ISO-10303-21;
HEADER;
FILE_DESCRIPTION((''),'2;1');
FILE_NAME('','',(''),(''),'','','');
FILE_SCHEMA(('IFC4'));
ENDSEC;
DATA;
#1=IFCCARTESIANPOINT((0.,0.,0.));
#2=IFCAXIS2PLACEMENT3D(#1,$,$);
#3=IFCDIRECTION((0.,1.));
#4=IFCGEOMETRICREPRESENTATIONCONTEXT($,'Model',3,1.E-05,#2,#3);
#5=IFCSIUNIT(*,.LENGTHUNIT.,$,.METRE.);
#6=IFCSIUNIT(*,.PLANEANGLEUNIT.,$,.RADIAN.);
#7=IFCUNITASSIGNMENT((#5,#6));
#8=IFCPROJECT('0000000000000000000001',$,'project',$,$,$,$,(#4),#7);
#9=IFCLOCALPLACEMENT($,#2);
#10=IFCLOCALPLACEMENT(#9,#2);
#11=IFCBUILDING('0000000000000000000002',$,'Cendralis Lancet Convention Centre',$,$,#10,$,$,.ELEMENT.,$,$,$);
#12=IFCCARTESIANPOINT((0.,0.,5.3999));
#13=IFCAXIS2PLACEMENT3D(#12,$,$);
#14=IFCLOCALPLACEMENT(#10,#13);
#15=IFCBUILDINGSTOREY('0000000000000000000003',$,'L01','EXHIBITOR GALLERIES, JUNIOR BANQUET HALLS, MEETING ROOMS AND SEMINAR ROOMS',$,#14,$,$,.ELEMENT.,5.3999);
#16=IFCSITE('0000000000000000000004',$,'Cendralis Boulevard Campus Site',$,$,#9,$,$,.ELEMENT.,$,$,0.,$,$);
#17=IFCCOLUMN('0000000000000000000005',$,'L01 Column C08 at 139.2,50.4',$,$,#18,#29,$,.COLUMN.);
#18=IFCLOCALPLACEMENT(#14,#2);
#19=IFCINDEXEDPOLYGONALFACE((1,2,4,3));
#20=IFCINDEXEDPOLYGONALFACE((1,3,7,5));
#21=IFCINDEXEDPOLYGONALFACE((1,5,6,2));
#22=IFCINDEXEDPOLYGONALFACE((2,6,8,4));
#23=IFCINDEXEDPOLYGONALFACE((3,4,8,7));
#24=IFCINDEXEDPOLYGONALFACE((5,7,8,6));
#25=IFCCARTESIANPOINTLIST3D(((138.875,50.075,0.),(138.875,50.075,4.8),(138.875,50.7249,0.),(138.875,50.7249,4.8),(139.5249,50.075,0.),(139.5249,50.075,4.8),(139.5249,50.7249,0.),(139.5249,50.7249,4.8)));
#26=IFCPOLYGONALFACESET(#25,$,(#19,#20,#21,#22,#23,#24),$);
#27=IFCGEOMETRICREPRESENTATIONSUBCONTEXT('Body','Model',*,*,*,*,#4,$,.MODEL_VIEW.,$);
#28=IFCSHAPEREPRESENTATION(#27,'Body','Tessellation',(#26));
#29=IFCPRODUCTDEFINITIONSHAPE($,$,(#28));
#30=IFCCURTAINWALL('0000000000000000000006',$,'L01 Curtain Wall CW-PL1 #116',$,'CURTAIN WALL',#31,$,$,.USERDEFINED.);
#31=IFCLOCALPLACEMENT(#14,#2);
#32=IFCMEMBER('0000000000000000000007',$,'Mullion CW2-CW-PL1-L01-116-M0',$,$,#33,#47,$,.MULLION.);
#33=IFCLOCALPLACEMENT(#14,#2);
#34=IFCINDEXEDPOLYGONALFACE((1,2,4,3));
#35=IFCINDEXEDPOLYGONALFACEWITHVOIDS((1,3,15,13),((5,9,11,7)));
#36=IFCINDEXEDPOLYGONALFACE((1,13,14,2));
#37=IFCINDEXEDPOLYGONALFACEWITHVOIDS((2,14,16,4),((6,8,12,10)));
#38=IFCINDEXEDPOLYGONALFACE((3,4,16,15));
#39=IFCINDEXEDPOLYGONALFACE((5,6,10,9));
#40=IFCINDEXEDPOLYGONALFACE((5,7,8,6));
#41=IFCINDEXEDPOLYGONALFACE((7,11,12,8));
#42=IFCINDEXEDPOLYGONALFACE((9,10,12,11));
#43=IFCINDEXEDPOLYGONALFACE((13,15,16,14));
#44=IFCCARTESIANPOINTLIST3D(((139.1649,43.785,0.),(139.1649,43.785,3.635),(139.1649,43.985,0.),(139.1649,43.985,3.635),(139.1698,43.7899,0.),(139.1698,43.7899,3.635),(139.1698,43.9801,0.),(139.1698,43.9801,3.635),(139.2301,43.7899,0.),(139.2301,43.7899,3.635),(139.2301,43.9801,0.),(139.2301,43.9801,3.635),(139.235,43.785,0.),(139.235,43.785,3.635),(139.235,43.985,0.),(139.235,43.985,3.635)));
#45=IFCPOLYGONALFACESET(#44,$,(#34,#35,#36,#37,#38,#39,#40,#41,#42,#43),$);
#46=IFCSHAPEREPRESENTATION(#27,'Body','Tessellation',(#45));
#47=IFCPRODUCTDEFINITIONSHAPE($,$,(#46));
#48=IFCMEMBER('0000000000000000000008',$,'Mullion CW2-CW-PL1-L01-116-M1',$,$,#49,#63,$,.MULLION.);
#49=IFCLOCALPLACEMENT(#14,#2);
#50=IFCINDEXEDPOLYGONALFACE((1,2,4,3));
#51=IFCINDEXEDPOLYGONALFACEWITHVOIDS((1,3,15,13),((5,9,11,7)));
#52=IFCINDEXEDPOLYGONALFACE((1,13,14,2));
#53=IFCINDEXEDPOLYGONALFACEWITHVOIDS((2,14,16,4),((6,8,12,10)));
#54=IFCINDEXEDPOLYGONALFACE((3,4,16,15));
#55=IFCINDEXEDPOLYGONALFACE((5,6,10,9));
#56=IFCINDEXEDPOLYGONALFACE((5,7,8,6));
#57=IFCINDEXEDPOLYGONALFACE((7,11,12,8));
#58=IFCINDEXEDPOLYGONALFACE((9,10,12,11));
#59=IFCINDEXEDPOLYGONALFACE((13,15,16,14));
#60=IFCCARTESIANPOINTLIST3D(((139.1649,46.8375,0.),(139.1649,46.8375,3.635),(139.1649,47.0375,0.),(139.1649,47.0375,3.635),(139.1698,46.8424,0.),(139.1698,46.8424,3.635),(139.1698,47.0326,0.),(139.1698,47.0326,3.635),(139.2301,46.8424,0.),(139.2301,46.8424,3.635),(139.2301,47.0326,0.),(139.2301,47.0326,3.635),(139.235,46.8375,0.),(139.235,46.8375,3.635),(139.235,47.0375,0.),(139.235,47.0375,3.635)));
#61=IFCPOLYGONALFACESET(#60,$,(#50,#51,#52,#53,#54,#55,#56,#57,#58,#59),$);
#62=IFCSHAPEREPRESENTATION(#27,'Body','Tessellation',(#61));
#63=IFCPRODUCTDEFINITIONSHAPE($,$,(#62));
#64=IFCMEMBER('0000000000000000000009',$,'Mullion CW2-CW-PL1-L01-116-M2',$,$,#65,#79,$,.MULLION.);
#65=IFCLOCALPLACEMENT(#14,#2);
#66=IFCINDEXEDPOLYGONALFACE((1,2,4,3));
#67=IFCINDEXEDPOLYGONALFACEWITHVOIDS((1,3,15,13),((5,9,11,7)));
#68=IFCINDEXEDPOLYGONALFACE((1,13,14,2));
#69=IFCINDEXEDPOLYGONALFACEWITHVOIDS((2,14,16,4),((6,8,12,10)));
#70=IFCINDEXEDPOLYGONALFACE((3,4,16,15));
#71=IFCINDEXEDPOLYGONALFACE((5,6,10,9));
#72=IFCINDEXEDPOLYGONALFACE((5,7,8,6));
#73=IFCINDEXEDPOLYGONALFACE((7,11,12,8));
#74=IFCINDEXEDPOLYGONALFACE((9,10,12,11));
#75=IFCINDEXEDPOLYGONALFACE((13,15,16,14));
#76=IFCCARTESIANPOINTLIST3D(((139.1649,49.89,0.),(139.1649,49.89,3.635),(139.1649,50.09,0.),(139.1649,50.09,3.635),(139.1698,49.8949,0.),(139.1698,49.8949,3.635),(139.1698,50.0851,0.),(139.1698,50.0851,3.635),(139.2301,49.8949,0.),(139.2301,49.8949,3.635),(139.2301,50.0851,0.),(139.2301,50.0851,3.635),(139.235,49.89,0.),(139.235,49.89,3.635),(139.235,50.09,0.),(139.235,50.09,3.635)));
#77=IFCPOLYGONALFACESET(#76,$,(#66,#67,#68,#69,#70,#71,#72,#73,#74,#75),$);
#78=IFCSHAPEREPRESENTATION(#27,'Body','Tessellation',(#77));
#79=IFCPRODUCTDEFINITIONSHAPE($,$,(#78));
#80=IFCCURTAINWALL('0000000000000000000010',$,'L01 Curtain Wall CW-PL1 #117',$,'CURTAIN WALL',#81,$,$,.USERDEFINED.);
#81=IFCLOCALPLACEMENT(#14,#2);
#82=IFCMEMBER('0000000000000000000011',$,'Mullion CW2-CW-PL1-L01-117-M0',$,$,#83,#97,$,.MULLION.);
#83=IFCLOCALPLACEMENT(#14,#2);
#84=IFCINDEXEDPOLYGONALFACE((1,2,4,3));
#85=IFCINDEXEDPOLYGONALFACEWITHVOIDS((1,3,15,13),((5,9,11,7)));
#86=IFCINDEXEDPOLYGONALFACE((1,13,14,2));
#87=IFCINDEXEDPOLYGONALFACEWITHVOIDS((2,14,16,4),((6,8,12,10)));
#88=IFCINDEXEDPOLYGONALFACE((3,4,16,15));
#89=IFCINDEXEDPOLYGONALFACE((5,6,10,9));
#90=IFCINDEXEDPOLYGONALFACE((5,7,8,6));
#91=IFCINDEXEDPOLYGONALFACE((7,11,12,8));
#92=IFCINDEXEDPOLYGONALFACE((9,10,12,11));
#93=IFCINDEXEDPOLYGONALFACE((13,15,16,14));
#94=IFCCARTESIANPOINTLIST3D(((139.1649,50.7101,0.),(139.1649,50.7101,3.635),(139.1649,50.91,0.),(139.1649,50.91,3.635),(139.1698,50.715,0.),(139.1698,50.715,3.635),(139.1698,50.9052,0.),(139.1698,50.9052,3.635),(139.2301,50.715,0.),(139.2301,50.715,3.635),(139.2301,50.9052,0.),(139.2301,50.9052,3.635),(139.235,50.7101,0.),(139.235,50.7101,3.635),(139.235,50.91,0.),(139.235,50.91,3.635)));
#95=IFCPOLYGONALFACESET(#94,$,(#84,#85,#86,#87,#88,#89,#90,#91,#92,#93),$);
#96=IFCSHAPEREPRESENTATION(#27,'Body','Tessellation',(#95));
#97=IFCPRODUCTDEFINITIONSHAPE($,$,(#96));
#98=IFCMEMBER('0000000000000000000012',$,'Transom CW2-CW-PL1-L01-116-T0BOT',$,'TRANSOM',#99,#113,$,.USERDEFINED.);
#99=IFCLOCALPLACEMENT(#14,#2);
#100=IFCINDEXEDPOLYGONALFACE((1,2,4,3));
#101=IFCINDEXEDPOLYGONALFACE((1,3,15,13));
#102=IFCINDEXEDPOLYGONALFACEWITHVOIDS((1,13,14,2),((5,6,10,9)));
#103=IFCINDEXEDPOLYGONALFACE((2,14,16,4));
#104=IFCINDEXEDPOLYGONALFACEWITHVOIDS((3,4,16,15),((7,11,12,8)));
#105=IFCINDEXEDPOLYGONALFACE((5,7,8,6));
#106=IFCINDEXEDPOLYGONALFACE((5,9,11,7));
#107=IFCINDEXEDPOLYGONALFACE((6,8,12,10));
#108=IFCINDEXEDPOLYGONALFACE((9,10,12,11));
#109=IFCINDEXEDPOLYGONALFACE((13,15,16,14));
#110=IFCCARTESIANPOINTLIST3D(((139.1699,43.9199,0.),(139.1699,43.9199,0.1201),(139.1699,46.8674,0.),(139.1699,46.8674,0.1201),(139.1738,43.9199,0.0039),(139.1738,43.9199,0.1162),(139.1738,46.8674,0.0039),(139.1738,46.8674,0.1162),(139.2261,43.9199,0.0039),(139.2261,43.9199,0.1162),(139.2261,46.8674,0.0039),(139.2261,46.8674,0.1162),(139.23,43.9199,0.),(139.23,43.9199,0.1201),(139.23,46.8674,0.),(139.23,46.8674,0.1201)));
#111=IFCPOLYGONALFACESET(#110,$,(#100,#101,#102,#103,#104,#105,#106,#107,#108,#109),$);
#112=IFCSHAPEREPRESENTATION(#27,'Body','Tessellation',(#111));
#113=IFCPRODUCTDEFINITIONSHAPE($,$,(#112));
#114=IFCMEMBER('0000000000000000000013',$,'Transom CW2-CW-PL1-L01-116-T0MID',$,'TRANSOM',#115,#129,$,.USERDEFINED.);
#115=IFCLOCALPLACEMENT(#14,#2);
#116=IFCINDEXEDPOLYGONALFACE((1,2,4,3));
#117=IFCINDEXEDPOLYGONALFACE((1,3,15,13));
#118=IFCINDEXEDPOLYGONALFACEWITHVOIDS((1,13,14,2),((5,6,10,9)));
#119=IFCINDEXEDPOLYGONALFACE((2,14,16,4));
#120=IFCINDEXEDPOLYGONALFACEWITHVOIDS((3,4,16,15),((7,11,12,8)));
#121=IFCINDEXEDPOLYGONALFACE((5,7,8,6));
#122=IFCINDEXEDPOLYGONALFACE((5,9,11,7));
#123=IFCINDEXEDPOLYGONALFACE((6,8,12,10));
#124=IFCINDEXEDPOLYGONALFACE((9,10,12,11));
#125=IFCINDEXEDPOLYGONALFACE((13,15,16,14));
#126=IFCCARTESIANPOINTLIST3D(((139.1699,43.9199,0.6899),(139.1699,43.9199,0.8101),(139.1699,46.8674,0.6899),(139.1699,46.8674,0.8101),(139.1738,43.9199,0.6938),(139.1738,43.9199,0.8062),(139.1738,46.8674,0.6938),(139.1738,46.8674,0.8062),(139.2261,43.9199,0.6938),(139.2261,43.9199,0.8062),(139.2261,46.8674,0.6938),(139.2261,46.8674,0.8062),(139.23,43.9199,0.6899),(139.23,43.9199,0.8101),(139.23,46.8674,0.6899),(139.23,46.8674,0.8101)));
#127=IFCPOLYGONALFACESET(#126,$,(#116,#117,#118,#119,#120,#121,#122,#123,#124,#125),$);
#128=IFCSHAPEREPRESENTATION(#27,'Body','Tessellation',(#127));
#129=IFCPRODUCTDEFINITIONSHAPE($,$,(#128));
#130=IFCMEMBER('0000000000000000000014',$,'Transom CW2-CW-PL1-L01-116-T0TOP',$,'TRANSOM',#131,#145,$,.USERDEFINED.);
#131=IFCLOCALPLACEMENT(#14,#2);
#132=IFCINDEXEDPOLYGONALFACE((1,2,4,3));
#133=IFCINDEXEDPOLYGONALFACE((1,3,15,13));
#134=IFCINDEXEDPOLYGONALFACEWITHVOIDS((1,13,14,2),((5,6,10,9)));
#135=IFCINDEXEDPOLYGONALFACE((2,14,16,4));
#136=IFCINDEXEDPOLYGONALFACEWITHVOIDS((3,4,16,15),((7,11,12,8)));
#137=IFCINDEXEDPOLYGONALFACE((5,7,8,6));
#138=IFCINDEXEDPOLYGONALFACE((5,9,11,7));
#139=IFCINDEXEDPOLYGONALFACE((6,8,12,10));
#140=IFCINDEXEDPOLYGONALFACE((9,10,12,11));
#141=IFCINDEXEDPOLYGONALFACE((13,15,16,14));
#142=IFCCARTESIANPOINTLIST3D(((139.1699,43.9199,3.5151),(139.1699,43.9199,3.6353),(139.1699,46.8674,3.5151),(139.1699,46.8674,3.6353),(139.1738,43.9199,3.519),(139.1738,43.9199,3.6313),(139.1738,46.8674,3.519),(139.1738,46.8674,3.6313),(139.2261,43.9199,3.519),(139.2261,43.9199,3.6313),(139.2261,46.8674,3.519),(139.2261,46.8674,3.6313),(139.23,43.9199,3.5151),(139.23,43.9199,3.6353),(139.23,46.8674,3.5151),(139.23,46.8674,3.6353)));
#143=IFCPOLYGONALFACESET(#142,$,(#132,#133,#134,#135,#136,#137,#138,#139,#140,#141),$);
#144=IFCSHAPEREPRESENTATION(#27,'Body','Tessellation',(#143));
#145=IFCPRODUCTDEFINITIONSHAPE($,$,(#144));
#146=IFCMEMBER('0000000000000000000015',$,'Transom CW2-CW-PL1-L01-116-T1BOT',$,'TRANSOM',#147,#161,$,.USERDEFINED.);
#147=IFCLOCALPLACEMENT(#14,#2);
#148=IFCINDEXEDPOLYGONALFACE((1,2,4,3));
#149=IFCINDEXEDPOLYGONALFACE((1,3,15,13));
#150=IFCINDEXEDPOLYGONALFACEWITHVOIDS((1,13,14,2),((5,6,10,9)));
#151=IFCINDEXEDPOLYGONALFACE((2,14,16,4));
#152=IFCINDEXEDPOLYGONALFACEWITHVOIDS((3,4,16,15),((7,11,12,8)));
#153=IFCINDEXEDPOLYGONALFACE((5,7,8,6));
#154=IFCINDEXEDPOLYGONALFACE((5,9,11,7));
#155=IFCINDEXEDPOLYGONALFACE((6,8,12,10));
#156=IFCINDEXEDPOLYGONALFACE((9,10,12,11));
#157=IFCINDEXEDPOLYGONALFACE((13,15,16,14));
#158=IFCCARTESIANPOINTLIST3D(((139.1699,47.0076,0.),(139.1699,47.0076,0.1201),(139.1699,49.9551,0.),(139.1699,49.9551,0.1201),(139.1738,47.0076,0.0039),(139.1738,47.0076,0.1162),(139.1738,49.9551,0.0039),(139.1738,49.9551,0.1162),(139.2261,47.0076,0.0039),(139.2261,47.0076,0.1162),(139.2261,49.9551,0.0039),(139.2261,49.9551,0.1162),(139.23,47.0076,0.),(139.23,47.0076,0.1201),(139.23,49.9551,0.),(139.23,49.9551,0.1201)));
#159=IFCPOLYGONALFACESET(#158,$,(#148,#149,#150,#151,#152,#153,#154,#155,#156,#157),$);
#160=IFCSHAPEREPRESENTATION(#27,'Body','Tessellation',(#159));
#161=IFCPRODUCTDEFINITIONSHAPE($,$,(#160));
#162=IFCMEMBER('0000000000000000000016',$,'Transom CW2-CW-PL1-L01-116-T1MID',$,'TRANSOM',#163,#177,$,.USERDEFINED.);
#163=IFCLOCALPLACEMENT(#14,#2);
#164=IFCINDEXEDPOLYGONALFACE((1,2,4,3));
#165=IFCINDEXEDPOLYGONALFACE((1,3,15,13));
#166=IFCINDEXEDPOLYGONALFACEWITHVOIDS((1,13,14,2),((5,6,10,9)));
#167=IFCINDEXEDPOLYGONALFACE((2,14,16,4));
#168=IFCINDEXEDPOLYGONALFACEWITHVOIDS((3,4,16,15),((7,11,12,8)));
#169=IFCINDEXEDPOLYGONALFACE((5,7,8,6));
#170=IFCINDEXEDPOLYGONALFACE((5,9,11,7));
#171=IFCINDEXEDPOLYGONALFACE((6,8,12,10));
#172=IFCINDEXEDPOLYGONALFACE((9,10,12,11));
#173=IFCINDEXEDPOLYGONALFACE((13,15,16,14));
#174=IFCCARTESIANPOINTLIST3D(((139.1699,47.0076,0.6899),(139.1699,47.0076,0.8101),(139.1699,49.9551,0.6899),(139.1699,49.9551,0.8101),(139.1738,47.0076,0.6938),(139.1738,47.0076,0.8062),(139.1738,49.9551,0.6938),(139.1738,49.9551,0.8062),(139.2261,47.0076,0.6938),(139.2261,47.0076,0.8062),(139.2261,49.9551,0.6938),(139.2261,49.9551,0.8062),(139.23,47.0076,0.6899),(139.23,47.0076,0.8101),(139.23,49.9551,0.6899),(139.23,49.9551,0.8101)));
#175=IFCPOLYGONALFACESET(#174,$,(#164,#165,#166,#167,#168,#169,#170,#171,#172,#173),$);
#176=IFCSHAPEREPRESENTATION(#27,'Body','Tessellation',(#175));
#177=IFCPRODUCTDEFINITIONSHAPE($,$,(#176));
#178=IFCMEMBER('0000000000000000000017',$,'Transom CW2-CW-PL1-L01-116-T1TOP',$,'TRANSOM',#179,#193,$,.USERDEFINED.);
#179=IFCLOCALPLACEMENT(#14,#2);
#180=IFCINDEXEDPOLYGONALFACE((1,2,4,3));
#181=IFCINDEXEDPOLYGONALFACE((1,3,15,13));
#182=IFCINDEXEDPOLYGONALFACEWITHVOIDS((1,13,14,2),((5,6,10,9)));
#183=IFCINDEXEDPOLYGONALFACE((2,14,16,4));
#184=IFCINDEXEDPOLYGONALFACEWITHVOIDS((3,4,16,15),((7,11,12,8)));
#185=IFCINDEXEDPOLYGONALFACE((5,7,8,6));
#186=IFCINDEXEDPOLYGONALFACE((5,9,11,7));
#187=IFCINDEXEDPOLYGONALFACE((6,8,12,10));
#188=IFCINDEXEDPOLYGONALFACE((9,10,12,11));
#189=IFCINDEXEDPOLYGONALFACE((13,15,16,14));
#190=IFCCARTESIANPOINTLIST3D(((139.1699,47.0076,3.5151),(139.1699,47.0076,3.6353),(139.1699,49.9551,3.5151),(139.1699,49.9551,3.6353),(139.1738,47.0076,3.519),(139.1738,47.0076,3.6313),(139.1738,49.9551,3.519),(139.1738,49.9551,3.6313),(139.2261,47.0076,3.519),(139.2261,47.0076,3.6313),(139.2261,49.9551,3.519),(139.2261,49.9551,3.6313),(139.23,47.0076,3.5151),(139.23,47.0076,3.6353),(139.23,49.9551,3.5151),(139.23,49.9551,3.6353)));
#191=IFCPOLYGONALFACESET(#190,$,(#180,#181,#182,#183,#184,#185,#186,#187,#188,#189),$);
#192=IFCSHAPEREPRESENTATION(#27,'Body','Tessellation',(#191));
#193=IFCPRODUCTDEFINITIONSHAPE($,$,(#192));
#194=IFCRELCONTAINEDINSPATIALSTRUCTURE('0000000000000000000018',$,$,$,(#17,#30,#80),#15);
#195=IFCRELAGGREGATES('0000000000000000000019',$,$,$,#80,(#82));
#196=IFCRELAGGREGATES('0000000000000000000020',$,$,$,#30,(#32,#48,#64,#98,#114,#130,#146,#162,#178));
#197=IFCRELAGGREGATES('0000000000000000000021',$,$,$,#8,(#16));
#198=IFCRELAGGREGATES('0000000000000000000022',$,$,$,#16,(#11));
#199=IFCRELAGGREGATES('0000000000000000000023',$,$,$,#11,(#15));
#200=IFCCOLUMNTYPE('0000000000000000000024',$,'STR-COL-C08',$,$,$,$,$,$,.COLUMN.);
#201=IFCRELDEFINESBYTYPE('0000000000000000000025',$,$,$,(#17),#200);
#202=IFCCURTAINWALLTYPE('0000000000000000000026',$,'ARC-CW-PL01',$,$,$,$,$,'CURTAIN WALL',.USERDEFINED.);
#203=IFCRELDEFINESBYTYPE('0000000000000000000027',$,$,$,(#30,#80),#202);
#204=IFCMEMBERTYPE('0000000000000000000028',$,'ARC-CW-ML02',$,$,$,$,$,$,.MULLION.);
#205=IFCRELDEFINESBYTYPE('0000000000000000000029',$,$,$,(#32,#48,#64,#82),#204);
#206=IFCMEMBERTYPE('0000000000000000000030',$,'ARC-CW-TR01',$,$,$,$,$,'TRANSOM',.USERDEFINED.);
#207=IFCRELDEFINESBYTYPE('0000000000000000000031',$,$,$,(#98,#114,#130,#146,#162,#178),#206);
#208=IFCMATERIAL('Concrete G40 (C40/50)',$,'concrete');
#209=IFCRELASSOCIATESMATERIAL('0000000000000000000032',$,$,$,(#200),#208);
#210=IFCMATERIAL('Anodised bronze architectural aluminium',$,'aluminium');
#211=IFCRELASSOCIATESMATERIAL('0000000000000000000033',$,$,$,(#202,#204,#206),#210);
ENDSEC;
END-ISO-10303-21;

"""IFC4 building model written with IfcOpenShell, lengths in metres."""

from ifc_helpers import new_model, si_unit, direction, frame, origin, origin_2d, place, context, subcontext, project, spatial, rectangle, hollow_rectangle, extrude, material, material_profile, profile_set, type_object, element, aggregate, save


model = new_model("IFC4")

# Units and contexts
model_context = context("Model", 3, precision=1e-05, world=origin(), true_north=direction((0.0, 1.0)))
body_context = subcontext(model_context, "Body", "Model", "MODEL_VIEW")
ifc_project = project(units=[si_unit("LENGTHUNIT", "METRE"), si_unit("PLANEANGLEUNIT", "RADIAN")], contexts=[model_context])

# Site, building, storey
site_placement = place(None, origin())
site = spatial("IfcSite", under=ifc_project, at=site_placement, Name="Cendralis Boulevard Campus Site", CompositionType="ELEMENT", RefElevation=0.0)
building_placement = place(site_placement, origin())
building = spatial("IfcBuilding", under=site, at=building_placement, Name="Cendralis Lancet Convention Centre", CompositionType="ELEMENT")
storey_placement = place(building_placement, frame((0.0, 0.0, 5.3999)))
storey = spatial("IfcBuildingStorey", under=building, at=storey_placement, Name="L01", Description="EXHIBITOR GALLERIES, JUNIOR BANQUET HALLS, MEETING ROOMS AND SEMINAR ROOMS", CompositionType="ELEMENT", Elevation=5.3999)

# Column
ifc_material_1 = material(Name="Concrete G40 (C40/50)", Category="concrete")
ifc_material_profile_1 = material_profile(ifc_material_1, rectangle(XDim=0.6499, YDim=0.6499, at=origin_2d()), Name="RC 650x650")
ifc_profile_set_1 = profile_set([ifc_material_profile_1], Name="Concrete G40 (C40/50)")
column_type = type_object("IfcColumnType", Name="STR-COL-C08", PredefinedType="COLUMN", material=ifc_profile_set_1)
column_placement = place(storey_placement, frame((139.2, 50.3999, 0.0), z_axis=(0.0, 0.0, 1.0), x_axis=(1.0, 0.0, 0.0)))
element("IfcColumn", 1, at=column_placement, inside=storey, type_object=column_type, Name="L01 Column C08 at 139.2,50.4", PredefinedType="COLUMN", context=body_context, shape_type="SweptSolid", body=[
    extrude(rectangle(XDim=0.6499, YDim=0.6499, at=origin_2d()), origin(), (0.0, 0.0, 1.0), 4.8),
])

# Curtain wall, members
ifc_material_2 = material(Name="Anodised bronze architectural aluminium", Category="aluminium")
curtain_wall_type = type_object("IfcCurtainWallType", Name="ARC-CW-PL01", ElementType="CURTAIN WALL", PredefinedType="USERDEFINED", material=ifc_material_2)
curtain_wall_1_placement = place(storey_placement, origin())
curtain_wall_1 = element("IfcCurtainWall", 2, at=curtain_wall_1_placement, inside=storey, type_object=curtain_wall_type, Name="L01 Curtain Wall CW-PL1 #116", ObjectType="CURTAIN WALL", PredefinedType="USERDEFINED")
ifc_material_profile_2 = material_profile(ifc_material_2, hollow_rectangle(XDim=0.0701, YDim=0.2, WallThickness=0.0049, at=origin_2d()), Name="AL-MULL 70x200x5.0")
ifc_profile_set_2 = profile_set([ifc_material_profile_2], Name="Anodised bronze architectural aluminium")
member_type_1 = type_object("IfcMemberType", Name="ARC-CW-ML02", PredefinedType="MULLION", material=ifc_profile_set_2)
member_1_placement = place(storey_placement, frame((139.2, 43.885, 0.0), z_axis=(0.0, 0.0, 1.0), x_axis=(1.0, 0.0, 0.0)))
member_1 = element("IfcMember", 3, at=member_1_placement, type_object=member_type_1, Name="Mullion CW2-CW-PL1-L01-116-M0", PredefinedType="MULLION", context=body_context, shape_type="SweptSolid", body=[
    extrude(hollow_rectangle(XDim=0.0701, YDim=0.2, WallThickness=0.0049, at=origin_2d()), origin(), (0.0, 0.0, 1.0), 3.635),
])
member_2_placement = place(storey_placement, frame((139.2, 46.9375, 0.0), z_axis=(0.0, 0.0, 1.0), x_axis=(1.0, 0.0, 0.0)))
member_2 = element("IfcMember", 4, at=member_2_placement, type_object=member_type_1, Name="Mullion CW2-CW-PL1-L01-116-M1", PredefinedType="MULLION", context=body_context, shape_type="SweptSolid", body=[
    extrude(hollow_rectangle(XDim=0.0701, YDim=0.2, WallThickness=0.0049, at=origin_2d()), origin(), (0.0, 0.0, 1.0), 3.635),
])
member_3_placement = place(storey_placement, frame((139.2, 49.99, 0.0), z_axis=(0.0, 0.0, 1.0), x_axis=(1.0, 0.0, 0.0)))
member_3 = element("IfcMember", 5, at=member_3_placement, type_object=member_type_1, Name="Mullion CW2-CW-PL1-L01-116-M2", PredefinedType="MULLION", context=body_context, shape_type="SweptSolid", body=[
    extrude(hollow_rectangle(XDim=0.0701, YDim=0.2, WallThickness=0.0049, at=origin_2d()), origin(), (0.0, 0.0, 1.0), 3.635),
])

# Curtain wall, member
curtain_wall_2_placement = place(storey_placement, origin())
curtain_wall_2 = element("IfcCurtainWall", 6, at=curtain_wall_2_placement, inside=storey, type_object=curtain_wall_type, Name="L01 Curtain Wall CW-PL1 #117", ObjectType="CURTAIN WALL", PredefinedType="USERDEFINED")
member_4_placement = place(storey_placement, frame((139.2, 50.8101, 0.0), z_axis=(0.0, 0.0, 1.0), x_axis=(1.0, 0.0, 0.0)))
member_4 = element("IfcMember", 7, at=member_4_placement, type_object=member_type_1, Name="Mullion CW2-CW-PL1-L01-117-M0", PredefinedType="MULLION", context=body_context, shape_type="SweptSolid", body=[
    extrude(hollow_rectangle(XDim=0.0701, YDim=0.2, WallThickness=0.0049, at=origin_2d()), origin(), (0.0, 0.0, 1.0), 3.635),
])
aggregate(curtain_wall_2, [member_4])

# Members
ifc_material_profile_3 = material_profile(ifc_material_2, hollow_rectangle(XDim=0.0601, YDim=0.1201, WallThickness=0.0039, at=origin_2d()), Name="AL-TRAN 60x120x4.0")
ifc_profile_set_3 = profile_set([ifc_material_profile_3], Name="Anodised bronze architectural aluminium")
member_type_2 = type_object("IfcMemberType", Name="ARC-CW-TR01", ElementType="TRANSOM", PredefinedType="USERDEFINED", material=ifc_profile_set_3)
member_5_placement = place(storey_placement, frame((139.2, 43.9199, 0.0601), z_axis=(0.0, 1.0, 0.0), x_axis=(-1.0, 0.0, 0.0)))
member_5 = element("IfcMember", 8, at=member_5_placement, type_object=member_type_2, Name="Transom CW2-CW-PL1-L01-116-T0BOT", ObjectType="TRANSOM", PredefinedType="USERDEFINED", context=body_context, shape_type="SweptSolid", body=[
    extrude(hollow_rectangle(XDim=0.0601, YDim=0.1201, WallThickness=0.0039, at=origin_2d()), origin(), (0.0, 0.0, 1.0), 2.9475),
])
member_6_placement = place(storey_placement, frame((139.2, 43.9199, 0.75), z_axis=(0.0, 1.0, 0.0), x_axis=(-1.0, 0.0, 0.0)))
member_6 = element("IfcMember", 9, at=member_6_placement, type_object=member_type_2, Name="Transom CW2-CW-PL1-L01-116-T0MID", ObjectType="TRANSOM", PredefinedType="USERDEFINED", context=body_context, shape_type="SweptSolid", body=[
    extrude(hollow_rectangle(XDim=0.0601, YDim=0.1201, WallThickness=0.0039, at=origin_2d()), origin(), (0.0, 0.0, 1.0), 2.9475),
])
member_7_placement = place(storey_placement, frame((139.2, 43.9199, 3.5752), z_axis=(0.0, 1.0, 0.0), x_axis=(-1.0, 0.0, 0.0)))
member_7 = element("IfcMember", 10, at=member_7_placement, type_object=member_type_2, Name="Transom CW2-CW-PL1-L01-116-T0TOP", ObjectType="TRANSOM", PredefinedType="USERDEFINED", context=body_context, shape_type="SweptSolid", body=[
    extrude(hollow_rectangle(XDim=0.0601, YDim=0.1201, WallThickness=0.0039, at=origin_2d()), origin(), (0.0, 0.0, 1.0), 2.9475),
])
member_8_placement = place(storey_placement, frame((139.2, 47.0076, 0.0601), z_axis=(0.0, 1.0, 0.0), x_axis=(-1.0, 0.0, 0.0)))
member_8 = element("IfcMember", 11, at=member_8_placement, type_object=member_type_2, Name="Transom CW2-CW-PL1-L01-116-T1BOT", ObjectType="TRANSOM", PredefinedType="USERDEFINED", context=body_context, shape_type="SweptSolid", body=[
    extrude(hollow_rectangle(XDim=0.0601, YDim=0.1201, WallThickness=0.0039, at=origin_2d()), origin(), (0.0, 0.0, 1.0), 2.9475),
])
member_9_placement = place(storey_placement, frame((139.2, 47.0076, 0.75), z_axis=(0.0, 1.0, 0.0), x_axis=(-1.0, 0.0, 0.0)))
member_9 = element("IfcMember", 12, at=member_9_placement, type_object=member_type_2, Name="Transom CW2-CW-PL1-L01-116-T1MID", ObjectType="TRANSOM", PredefinedType="USERDEFINED", context=body_context, shape_type="SweptSolid", body=[
    extrude(hollow_rectangle(XDim=0.0601, YDim=0.1201, WallThickness=0.0039, at=origin_2d()), origin(), (0.0, 0.0, 1.0), 2.9475),
])
member_10_placement = place(storey_placement, frame((139.2, 47.0076, 3.5752), z_axis=(0.0, 1.0, 0.0), x_axis=(-1.0, 0.0, 0.0)))
member_10 = element("IfcMember", 13, at=member_10_placement, type_object=member_type_2, Name="Transom CW2-CW-PL1-L01-116-T1TOP", ObjectType="TRANSOM", PredefinedType="USERDEFINED", context=body_context, shape_type="SweptSolid", body=[
    extrude(hollow_rectangle(XDim=0.0601, YDim=0.1201, WallThickness=0.0039, at=origin_2d()), origin(), (0.0, 0.0, 1.0), 2.9475),
])

aggregate(curtain_wall_1, [member_1, member_2, member_3, member_5, member_6, member_7, member_8, member_9, member_10])

save(model, "model.ifc")
